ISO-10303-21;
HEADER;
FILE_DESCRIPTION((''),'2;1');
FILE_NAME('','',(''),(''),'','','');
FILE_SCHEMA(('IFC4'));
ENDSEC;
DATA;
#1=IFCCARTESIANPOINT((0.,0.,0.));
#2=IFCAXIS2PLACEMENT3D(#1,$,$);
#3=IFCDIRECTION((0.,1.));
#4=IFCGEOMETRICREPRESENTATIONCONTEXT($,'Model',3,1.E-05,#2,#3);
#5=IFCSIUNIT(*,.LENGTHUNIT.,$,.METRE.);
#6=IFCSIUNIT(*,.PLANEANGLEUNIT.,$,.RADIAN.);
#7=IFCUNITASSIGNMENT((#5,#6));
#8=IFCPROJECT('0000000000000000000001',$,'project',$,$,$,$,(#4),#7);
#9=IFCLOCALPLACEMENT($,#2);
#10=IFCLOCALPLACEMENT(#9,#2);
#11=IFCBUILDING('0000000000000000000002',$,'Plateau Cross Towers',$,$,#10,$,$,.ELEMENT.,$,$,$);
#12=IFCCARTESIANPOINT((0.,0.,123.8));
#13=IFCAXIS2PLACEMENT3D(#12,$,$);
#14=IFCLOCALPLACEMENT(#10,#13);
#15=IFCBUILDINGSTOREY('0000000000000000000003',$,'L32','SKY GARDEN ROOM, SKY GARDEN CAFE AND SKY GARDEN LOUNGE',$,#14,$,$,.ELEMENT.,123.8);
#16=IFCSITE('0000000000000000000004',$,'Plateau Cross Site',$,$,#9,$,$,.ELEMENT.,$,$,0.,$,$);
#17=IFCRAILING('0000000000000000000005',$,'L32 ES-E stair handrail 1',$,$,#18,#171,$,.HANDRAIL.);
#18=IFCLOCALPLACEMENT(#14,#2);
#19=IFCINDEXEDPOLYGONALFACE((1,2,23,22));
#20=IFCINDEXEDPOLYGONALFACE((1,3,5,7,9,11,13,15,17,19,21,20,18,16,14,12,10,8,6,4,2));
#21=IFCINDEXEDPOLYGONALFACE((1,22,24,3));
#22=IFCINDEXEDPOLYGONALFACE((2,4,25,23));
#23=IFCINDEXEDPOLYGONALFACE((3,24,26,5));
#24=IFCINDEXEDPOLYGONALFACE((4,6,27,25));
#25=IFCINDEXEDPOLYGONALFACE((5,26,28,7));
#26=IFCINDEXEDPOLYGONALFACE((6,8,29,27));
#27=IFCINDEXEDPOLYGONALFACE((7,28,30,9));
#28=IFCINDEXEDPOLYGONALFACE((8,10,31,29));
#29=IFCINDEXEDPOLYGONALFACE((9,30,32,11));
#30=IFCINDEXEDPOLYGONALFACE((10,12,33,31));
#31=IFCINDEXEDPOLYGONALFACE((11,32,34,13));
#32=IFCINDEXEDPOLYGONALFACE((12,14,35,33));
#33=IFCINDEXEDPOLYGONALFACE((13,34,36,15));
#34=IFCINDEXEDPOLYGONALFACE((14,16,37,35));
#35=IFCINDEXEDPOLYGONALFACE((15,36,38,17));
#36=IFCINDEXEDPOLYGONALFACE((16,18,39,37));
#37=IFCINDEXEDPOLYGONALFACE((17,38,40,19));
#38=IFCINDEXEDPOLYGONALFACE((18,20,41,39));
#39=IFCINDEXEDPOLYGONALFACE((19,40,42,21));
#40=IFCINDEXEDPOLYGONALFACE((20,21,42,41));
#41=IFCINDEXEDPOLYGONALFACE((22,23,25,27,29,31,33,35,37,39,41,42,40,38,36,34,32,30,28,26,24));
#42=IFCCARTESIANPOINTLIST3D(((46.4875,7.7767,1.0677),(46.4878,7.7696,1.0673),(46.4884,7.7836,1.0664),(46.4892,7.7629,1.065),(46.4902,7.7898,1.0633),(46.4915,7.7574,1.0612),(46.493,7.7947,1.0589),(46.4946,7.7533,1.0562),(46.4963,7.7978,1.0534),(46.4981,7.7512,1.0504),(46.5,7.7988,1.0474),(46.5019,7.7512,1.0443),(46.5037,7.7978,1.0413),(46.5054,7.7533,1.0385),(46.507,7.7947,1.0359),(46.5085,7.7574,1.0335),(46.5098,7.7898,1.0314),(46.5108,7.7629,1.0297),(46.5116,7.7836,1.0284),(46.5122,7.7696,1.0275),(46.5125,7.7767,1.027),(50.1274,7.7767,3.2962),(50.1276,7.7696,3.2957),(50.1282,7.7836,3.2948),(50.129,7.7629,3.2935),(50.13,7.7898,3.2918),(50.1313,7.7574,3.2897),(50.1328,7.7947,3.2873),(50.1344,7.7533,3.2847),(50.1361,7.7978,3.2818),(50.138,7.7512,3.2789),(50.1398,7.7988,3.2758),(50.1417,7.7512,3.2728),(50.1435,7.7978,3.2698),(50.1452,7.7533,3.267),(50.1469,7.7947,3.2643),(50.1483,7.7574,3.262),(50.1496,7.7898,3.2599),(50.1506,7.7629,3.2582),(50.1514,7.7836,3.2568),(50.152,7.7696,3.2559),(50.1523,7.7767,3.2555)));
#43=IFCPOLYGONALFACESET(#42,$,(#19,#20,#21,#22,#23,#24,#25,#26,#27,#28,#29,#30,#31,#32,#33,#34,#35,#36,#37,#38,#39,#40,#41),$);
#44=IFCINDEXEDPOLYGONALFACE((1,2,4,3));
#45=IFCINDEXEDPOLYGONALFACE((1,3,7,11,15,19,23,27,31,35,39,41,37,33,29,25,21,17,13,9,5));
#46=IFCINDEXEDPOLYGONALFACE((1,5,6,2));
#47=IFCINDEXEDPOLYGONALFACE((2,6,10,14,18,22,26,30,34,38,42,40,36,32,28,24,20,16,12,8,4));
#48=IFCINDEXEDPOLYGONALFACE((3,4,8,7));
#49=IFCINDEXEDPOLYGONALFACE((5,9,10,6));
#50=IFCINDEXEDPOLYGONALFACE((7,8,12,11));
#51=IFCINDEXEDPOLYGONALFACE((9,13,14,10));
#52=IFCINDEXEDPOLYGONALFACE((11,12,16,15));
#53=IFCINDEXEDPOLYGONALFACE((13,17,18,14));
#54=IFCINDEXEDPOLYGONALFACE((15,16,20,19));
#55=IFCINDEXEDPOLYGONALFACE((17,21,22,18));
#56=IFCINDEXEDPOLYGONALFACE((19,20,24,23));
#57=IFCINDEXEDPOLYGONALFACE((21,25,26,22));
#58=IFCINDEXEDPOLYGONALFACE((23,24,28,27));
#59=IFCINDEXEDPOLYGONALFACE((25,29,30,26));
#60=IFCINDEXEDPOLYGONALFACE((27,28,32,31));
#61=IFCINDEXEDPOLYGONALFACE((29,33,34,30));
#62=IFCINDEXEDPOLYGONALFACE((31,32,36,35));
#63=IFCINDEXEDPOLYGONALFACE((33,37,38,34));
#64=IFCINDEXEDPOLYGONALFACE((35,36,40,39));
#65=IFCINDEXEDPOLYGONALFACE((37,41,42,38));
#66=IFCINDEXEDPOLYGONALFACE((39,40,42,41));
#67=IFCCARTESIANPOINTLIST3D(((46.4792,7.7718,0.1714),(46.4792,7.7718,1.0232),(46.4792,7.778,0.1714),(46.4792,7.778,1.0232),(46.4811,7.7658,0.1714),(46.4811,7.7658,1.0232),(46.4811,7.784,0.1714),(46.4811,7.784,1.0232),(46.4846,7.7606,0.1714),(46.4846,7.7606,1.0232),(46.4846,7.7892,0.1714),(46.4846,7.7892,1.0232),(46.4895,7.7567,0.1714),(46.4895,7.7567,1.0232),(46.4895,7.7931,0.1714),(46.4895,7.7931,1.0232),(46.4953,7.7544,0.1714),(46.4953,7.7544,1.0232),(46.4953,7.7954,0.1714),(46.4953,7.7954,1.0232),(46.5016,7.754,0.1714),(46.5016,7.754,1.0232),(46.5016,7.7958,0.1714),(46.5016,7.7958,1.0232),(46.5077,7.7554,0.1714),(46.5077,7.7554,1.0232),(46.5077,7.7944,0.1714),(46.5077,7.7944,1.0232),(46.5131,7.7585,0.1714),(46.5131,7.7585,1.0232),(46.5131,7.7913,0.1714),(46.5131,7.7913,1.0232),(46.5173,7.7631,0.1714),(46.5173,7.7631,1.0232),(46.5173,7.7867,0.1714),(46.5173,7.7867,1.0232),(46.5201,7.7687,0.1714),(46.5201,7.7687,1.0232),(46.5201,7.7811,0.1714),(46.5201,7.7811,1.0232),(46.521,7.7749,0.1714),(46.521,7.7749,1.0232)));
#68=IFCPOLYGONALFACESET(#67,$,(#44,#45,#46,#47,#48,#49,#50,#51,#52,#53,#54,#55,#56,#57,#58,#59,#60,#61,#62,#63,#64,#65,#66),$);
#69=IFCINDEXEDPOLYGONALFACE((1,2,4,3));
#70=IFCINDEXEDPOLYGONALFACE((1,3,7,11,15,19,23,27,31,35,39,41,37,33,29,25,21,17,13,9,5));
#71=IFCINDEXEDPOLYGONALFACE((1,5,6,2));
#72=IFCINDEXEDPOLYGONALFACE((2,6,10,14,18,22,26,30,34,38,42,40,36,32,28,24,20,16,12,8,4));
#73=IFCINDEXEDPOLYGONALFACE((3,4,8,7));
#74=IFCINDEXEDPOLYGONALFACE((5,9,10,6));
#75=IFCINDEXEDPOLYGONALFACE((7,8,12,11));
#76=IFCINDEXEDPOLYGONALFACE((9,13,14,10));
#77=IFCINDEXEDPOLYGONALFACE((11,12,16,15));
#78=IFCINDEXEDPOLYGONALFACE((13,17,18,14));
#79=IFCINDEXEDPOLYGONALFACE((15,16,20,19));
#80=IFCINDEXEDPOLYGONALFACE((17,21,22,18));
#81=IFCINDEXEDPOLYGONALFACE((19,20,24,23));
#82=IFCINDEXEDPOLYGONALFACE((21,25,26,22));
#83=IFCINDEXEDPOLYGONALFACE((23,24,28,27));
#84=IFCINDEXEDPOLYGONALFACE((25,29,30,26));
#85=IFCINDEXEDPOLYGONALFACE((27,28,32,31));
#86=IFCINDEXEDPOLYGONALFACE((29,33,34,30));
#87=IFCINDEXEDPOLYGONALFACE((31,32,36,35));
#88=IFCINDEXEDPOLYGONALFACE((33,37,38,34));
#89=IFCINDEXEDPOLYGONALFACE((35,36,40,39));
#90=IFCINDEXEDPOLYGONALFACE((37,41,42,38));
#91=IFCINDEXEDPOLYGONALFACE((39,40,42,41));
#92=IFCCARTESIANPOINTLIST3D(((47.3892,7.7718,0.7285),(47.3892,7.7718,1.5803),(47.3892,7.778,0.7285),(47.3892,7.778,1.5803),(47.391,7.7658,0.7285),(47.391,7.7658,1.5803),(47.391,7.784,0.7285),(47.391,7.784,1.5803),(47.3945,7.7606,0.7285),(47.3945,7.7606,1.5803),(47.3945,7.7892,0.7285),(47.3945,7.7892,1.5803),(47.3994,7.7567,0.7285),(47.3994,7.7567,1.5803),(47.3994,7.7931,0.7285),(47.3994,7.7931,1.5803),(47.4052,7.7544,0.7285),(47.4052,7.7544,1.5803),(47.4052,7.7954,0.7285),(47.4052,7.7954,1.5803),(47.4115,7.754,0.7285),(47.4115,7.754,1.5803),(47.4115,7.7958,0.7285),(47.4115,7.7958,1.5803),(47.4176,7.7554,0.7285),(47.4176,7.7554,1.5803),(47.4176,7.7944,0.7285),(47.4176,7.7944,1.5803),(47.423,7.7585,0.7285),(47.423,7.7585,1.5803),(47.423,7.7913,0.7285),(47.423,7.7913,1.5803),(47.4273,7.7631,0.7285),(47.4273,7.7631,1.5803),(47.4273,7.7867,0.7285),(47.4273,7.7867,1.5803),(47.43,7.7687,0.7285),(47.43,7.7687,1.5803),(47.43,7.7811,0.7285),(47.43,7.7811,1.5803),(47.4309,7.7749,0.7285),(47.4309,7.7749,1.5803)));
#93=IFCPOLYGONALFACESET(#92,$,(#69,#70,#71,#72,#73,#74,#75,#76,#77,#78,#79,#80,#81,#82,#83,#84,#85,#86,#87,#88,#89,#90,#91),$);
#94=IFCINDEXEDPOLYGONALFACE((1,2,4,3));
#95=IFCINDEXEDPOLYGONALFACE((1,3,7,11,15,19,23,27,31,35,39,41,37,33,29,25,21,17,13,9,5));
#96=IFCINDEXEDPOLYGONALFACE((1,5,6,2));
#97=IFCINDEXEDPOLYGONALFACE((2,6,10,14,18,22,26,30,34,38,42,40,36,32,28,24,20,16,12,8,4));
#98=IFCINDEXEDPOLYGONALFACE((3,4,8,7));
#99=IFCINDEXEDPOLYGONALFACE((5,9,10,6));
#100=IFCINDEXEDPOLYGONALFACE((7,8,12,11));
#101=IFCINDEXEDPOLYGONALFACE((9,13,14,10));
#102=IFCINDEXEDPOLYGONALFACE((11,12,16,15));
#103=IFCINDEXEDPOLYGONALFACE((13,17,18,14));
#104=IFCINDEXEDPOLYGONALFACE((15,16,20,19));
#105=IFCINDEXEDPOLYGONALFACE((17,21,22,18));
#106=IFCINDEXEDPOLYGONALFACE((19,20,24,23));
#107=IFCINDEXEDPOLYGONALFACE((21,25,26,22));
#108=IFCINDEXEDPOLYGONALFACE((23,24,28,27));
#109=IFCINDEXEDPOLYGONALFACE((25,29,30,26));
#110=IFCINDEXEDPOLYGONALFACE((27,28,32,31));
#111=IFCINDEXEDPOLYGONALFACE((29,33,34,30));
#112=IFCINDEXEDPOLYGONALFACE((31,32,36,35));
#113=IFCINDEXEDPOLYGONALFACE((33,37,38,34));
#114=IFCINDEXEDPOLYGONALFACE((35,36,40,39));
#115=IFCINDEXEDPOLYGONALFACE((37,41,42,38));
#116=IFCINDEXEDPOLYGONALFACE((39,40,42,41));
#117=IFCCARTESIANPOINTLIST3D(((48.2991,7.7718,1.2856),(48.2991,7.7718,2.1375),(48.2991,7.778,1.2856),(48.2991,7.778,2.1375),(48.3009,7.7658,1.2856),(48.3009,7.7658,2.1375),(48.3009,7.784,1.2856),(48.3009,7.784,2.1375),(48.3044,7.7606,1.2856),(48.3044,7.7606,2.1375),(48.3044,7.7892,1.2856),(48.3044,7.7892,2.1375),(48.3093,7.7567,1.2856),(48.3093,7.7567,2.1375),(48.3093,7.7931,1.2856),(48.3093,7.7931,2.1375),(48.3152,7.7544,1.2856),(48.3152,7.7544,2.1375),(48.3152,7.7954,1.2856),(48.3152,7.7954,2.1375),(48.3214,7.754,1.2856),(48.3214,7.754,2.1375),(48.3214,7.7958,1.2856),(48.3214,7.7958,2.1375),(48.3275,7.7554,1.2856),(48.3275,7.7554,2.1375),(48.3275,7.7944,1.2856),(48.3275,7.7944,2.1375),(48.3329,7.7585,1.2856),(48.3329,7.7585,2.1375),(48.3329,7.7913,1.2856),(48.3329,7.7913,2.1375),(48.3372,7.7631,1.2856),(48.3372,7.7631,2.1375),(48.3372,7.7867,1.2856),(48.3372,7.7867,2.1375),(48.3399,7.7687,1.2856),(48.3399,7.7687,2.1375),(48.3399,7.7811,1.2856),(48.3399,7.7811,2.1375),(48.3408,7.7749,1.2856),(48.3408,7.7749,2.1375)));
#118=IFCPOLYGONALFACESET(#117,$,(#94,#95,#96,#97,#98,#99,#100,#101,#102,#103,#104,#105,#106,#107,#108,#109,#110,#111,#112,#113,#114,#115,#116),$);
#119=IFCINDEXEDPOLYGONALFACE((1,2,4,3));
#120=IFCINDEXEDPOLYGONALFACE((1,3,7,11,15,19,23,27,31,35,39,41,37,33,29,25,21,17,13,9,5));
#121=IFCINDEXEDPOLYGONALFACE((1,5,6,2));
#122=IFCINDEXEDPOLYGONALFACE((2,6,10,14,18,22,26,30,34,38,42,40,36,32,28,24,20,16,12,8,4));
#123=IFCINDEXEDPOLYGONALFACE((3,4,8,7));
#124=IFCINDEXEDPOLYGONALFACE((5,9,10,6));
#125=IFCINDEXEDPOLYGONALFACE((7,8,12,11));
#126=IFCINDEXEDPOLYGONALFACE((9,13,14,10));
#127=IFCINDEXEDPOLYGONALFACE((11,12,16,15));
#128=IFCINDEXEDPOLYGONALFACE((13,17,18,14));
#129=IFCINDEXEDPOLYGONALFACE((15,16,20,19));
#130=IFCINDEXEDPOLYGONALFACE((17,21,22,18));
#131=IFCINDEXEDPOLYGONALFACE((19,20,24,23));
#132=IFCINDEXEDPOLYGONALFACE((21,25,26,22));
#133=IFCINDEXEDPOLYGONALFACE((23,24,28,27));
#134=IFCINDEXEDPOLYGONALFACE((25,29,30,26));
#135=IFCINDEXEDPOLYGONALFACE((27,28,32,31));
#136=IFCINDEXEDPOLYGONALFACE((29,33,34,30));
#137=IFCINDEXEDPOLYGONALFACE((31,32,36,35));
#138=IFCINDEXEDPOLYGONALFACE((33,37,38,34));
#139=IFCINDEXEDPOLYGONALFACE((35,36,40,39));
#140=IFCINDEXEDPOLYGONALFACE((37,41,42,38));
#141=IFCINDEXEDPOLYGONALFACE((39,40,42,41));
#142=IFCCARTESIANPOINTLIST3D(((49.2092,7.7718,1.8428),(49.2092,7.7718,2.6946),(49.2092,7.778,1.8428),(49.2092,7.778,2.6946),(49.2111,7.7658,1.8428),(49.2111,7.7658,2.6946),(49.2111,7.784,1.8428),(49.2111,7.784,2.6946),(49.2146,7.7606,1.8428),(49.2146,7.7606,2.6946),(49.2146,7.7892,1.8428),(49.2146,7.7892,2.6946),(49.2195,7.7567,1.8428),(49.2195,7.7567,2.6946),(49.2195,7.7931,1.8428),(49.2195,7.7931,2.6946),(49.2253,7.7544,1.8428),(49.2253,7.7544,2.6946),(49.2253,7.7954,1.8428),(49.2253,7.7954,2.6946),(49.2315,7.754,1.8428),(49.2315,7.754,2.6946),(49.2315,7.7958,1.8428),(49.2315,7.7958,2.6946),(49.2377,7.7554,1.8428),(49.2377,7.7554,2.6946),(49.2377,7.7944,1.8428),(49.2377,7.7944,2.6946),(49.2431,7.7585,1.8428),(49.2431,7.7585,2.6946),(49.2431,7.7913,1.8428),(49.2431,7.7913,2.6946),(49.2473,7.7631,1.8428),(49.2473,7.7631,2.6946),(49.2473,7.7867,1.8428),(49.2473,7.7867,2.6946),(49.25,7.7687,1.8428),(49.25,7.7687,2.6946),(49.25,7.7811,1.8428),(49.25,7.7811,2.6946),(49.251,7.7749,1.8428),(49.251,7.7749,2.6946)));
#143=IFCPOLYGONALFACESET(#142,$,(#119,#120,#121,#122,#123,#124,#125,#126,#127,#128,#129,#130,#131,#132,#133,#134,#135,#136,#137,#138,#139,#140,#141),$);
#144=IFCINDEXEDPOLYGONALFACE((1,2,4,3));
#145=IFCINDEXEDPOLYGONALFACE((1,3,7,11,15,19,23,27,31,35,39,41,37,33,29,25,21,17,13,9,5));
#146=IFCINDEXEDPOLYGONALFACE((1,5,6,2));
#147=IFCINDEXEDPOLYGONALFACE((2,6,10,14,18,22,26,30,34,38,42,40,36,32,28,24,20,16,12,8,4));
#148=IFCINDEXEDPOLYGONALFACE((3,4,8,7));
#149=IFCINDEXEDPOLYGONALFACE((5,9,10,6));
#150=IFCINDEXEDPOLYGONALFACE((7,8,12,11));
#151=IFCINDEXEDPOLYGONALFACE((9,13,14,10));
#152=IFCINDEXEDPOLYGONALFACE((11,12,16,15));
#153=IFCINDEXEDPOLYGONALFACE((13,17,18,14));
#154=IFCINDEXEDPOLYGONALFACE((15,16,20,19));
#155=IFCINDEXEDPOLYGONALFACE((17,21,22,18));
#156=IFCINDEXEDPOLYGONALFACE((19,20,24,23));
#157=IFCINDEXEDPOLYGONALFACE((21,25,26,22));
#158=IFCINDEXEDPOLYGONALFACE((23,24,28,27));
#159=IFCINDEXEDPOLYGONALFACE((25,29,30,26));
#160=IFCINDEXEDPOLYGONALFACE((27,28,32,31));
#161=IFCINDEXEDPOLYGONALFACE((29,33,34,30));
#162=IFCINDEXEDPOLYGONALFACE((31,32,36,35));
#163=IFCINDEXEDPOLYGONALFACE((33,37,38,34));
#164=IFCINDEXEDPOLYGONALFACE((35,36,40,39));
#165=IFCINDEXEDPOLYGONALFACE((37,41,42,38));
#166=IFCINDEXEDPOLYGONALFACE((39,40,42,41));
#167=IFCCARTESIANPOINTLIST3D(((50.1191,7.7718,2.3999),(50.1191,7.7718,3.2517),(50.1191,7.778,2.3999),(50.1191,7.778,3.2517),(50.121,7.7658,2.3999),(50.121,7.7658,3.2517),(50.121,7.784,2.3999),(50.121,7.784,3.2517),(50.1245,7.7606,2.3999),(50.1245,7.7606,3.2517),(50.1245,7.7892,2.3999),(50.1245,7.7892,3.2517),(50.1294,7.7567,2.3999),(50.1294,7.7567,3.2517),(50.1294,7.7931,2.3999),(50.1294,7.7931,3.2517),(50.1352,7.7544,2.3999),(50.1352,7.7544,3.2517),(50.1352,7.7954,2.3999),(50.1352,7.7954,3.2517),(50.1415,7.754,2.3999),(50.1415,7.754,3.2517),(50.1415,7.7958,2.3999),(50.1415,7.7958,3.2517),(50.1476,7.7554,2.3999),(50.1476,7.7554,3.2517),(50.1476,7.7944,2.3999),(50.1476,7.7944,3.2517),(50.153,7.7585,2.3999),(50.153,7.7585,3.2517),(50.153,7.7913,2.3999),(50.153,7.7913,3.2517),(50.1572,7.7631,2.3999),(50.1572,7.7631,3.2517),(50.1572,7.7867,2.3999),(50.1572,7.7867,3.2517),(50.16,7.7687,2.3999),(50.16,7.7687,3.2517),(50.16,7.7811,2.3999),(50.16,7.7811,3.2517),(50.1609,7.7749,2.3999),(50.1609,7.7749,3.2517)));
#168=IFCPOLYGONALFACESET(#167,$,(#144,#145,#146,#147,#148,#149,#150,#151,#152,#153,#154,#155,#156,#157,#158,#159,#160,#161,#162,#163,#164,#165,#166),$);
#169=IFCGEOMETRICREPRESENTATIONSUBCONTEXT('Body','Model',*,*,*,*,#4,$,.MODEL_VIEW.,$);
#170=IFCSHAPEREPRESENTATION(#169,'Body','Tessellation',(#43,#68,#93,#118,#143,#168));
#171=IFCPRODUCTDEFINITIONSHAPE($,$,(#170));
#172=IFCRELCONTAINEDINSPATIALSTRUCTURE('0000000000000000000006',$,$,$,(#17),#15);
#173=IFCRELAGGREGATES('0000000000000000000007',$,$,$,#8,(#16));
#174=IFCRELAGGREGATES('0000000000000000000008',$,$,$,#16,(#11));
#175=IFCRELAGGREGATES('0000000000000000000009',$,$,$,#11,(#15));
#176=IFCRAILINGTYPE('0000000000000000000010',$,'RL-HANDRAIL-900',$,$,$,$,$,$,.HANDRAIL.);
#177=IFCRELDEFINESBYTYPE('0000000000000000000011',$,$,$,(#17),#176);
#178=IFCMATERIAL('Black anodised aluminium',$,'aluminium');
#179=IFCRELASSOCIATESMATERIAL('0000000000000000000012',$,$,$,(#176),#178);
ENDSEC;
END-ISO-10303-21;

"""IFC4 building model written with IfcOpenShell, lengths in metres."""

from ifc_helpers import new_model, si_unit, direction, frame, origin, origin_2d, place, context, subcontext, project, spatial, circle, extrude, material, type_object, element, save


model = new_model("IFC4")

# Units and contexts
model_context = context("Model", 3, precision=1e-05, world=origin(), true_north=direction((0.0, 1.0)))
body_context = subcontext(model_context, "Body", "Model", "MODEL_VIEW")
ifc_project = project(units=[si_unit("LENGTHUNIT", "METRE"), si_unit("PLANEANGLEUNIT", "RADIAN")], contexts=[model_context])

# Site, building, storey
site_placement = place(None, origin())
site = spatial("IfcSite", under=ifc_project, at=site_placement, Name="Plateau Cross Site", CompositionType="ELEMENT", RefElevation=0.0)
building_placement = place(site_placement, origin())
building = spatial("IfcBuilding", under=site, at=building_placement, Name="Plateau Cross Towers", CompositionType="ELEMENT")
storey_placement = place(building_placement, frame((0.0, 0.0, 123.8)))
storey = spatial("IfcBuildingStorey", under=building, at=storey_placement, Name="L32", Description="SKY GARDEN ROOM, SKY GARDEN CAFE AND SKY GARDEN LOUNGE", CompositionType="ELEMENT", Elevation=123.8)

# Shared definitions
ifc_material_1 = material(Name="Black anodised aluminium", Category="aluminium")

# Railing
railing_type_1 = type_object("IfcRailingType", Name="RL-HANDRAIL-900", PredefinedType="HANDRAIL", material=ifc_material_1)
railing_placement = place(storey_placement, frame((46.5, 7.7749, 0.1714)))
element("IfcRailing", 1, at=railing_placement, inside=storey, type_object=railing_type_1, Name="L32 ES-E stair handrail 1", PredefinedType="HANDRAIL", context=body_context, shape_type="SweptSolid", body=[
    extrude(circle(Radius=0.0239, at=origin_2d()), frame((0.0, 0.0, 0.876), z_axis=(0.85285, 0.0, 0.522156), x_axis=(0.0, 1.0, 0.0)), (0.0, 0.0, 1.0), 4.2678),
    extrude(circle(Radius=0.021, at=origin_2d()), origin(), (0.0, 0.0, 1.0), 0.8518),
    extrude(circle(Radius=0.021, at=origin_2d()), frame((0.9099, 0.0, 0.5571)), (0.0, 0.0, 1.0), 0.8518),
    extrude(circle(Radius=0.021, at=origin_2d()), frame((1.8198, 0.0, 1.1143)), (0.0, 0.0, 1.0), 0.8518),
    extrude(circle(Radius=0.021, at=origin_2d()), frame((2.73, 0.0, 1.6714)), (0.0, 0.0, 1.0), 0.8518),
    extrude(circle(Radius=0.021, at=origin_2d()), frame((3.6399, 0.0, 2.2285)), (0.0, 0.0, 1.0), 0.8518),
])

save(model, "model.ifc")
